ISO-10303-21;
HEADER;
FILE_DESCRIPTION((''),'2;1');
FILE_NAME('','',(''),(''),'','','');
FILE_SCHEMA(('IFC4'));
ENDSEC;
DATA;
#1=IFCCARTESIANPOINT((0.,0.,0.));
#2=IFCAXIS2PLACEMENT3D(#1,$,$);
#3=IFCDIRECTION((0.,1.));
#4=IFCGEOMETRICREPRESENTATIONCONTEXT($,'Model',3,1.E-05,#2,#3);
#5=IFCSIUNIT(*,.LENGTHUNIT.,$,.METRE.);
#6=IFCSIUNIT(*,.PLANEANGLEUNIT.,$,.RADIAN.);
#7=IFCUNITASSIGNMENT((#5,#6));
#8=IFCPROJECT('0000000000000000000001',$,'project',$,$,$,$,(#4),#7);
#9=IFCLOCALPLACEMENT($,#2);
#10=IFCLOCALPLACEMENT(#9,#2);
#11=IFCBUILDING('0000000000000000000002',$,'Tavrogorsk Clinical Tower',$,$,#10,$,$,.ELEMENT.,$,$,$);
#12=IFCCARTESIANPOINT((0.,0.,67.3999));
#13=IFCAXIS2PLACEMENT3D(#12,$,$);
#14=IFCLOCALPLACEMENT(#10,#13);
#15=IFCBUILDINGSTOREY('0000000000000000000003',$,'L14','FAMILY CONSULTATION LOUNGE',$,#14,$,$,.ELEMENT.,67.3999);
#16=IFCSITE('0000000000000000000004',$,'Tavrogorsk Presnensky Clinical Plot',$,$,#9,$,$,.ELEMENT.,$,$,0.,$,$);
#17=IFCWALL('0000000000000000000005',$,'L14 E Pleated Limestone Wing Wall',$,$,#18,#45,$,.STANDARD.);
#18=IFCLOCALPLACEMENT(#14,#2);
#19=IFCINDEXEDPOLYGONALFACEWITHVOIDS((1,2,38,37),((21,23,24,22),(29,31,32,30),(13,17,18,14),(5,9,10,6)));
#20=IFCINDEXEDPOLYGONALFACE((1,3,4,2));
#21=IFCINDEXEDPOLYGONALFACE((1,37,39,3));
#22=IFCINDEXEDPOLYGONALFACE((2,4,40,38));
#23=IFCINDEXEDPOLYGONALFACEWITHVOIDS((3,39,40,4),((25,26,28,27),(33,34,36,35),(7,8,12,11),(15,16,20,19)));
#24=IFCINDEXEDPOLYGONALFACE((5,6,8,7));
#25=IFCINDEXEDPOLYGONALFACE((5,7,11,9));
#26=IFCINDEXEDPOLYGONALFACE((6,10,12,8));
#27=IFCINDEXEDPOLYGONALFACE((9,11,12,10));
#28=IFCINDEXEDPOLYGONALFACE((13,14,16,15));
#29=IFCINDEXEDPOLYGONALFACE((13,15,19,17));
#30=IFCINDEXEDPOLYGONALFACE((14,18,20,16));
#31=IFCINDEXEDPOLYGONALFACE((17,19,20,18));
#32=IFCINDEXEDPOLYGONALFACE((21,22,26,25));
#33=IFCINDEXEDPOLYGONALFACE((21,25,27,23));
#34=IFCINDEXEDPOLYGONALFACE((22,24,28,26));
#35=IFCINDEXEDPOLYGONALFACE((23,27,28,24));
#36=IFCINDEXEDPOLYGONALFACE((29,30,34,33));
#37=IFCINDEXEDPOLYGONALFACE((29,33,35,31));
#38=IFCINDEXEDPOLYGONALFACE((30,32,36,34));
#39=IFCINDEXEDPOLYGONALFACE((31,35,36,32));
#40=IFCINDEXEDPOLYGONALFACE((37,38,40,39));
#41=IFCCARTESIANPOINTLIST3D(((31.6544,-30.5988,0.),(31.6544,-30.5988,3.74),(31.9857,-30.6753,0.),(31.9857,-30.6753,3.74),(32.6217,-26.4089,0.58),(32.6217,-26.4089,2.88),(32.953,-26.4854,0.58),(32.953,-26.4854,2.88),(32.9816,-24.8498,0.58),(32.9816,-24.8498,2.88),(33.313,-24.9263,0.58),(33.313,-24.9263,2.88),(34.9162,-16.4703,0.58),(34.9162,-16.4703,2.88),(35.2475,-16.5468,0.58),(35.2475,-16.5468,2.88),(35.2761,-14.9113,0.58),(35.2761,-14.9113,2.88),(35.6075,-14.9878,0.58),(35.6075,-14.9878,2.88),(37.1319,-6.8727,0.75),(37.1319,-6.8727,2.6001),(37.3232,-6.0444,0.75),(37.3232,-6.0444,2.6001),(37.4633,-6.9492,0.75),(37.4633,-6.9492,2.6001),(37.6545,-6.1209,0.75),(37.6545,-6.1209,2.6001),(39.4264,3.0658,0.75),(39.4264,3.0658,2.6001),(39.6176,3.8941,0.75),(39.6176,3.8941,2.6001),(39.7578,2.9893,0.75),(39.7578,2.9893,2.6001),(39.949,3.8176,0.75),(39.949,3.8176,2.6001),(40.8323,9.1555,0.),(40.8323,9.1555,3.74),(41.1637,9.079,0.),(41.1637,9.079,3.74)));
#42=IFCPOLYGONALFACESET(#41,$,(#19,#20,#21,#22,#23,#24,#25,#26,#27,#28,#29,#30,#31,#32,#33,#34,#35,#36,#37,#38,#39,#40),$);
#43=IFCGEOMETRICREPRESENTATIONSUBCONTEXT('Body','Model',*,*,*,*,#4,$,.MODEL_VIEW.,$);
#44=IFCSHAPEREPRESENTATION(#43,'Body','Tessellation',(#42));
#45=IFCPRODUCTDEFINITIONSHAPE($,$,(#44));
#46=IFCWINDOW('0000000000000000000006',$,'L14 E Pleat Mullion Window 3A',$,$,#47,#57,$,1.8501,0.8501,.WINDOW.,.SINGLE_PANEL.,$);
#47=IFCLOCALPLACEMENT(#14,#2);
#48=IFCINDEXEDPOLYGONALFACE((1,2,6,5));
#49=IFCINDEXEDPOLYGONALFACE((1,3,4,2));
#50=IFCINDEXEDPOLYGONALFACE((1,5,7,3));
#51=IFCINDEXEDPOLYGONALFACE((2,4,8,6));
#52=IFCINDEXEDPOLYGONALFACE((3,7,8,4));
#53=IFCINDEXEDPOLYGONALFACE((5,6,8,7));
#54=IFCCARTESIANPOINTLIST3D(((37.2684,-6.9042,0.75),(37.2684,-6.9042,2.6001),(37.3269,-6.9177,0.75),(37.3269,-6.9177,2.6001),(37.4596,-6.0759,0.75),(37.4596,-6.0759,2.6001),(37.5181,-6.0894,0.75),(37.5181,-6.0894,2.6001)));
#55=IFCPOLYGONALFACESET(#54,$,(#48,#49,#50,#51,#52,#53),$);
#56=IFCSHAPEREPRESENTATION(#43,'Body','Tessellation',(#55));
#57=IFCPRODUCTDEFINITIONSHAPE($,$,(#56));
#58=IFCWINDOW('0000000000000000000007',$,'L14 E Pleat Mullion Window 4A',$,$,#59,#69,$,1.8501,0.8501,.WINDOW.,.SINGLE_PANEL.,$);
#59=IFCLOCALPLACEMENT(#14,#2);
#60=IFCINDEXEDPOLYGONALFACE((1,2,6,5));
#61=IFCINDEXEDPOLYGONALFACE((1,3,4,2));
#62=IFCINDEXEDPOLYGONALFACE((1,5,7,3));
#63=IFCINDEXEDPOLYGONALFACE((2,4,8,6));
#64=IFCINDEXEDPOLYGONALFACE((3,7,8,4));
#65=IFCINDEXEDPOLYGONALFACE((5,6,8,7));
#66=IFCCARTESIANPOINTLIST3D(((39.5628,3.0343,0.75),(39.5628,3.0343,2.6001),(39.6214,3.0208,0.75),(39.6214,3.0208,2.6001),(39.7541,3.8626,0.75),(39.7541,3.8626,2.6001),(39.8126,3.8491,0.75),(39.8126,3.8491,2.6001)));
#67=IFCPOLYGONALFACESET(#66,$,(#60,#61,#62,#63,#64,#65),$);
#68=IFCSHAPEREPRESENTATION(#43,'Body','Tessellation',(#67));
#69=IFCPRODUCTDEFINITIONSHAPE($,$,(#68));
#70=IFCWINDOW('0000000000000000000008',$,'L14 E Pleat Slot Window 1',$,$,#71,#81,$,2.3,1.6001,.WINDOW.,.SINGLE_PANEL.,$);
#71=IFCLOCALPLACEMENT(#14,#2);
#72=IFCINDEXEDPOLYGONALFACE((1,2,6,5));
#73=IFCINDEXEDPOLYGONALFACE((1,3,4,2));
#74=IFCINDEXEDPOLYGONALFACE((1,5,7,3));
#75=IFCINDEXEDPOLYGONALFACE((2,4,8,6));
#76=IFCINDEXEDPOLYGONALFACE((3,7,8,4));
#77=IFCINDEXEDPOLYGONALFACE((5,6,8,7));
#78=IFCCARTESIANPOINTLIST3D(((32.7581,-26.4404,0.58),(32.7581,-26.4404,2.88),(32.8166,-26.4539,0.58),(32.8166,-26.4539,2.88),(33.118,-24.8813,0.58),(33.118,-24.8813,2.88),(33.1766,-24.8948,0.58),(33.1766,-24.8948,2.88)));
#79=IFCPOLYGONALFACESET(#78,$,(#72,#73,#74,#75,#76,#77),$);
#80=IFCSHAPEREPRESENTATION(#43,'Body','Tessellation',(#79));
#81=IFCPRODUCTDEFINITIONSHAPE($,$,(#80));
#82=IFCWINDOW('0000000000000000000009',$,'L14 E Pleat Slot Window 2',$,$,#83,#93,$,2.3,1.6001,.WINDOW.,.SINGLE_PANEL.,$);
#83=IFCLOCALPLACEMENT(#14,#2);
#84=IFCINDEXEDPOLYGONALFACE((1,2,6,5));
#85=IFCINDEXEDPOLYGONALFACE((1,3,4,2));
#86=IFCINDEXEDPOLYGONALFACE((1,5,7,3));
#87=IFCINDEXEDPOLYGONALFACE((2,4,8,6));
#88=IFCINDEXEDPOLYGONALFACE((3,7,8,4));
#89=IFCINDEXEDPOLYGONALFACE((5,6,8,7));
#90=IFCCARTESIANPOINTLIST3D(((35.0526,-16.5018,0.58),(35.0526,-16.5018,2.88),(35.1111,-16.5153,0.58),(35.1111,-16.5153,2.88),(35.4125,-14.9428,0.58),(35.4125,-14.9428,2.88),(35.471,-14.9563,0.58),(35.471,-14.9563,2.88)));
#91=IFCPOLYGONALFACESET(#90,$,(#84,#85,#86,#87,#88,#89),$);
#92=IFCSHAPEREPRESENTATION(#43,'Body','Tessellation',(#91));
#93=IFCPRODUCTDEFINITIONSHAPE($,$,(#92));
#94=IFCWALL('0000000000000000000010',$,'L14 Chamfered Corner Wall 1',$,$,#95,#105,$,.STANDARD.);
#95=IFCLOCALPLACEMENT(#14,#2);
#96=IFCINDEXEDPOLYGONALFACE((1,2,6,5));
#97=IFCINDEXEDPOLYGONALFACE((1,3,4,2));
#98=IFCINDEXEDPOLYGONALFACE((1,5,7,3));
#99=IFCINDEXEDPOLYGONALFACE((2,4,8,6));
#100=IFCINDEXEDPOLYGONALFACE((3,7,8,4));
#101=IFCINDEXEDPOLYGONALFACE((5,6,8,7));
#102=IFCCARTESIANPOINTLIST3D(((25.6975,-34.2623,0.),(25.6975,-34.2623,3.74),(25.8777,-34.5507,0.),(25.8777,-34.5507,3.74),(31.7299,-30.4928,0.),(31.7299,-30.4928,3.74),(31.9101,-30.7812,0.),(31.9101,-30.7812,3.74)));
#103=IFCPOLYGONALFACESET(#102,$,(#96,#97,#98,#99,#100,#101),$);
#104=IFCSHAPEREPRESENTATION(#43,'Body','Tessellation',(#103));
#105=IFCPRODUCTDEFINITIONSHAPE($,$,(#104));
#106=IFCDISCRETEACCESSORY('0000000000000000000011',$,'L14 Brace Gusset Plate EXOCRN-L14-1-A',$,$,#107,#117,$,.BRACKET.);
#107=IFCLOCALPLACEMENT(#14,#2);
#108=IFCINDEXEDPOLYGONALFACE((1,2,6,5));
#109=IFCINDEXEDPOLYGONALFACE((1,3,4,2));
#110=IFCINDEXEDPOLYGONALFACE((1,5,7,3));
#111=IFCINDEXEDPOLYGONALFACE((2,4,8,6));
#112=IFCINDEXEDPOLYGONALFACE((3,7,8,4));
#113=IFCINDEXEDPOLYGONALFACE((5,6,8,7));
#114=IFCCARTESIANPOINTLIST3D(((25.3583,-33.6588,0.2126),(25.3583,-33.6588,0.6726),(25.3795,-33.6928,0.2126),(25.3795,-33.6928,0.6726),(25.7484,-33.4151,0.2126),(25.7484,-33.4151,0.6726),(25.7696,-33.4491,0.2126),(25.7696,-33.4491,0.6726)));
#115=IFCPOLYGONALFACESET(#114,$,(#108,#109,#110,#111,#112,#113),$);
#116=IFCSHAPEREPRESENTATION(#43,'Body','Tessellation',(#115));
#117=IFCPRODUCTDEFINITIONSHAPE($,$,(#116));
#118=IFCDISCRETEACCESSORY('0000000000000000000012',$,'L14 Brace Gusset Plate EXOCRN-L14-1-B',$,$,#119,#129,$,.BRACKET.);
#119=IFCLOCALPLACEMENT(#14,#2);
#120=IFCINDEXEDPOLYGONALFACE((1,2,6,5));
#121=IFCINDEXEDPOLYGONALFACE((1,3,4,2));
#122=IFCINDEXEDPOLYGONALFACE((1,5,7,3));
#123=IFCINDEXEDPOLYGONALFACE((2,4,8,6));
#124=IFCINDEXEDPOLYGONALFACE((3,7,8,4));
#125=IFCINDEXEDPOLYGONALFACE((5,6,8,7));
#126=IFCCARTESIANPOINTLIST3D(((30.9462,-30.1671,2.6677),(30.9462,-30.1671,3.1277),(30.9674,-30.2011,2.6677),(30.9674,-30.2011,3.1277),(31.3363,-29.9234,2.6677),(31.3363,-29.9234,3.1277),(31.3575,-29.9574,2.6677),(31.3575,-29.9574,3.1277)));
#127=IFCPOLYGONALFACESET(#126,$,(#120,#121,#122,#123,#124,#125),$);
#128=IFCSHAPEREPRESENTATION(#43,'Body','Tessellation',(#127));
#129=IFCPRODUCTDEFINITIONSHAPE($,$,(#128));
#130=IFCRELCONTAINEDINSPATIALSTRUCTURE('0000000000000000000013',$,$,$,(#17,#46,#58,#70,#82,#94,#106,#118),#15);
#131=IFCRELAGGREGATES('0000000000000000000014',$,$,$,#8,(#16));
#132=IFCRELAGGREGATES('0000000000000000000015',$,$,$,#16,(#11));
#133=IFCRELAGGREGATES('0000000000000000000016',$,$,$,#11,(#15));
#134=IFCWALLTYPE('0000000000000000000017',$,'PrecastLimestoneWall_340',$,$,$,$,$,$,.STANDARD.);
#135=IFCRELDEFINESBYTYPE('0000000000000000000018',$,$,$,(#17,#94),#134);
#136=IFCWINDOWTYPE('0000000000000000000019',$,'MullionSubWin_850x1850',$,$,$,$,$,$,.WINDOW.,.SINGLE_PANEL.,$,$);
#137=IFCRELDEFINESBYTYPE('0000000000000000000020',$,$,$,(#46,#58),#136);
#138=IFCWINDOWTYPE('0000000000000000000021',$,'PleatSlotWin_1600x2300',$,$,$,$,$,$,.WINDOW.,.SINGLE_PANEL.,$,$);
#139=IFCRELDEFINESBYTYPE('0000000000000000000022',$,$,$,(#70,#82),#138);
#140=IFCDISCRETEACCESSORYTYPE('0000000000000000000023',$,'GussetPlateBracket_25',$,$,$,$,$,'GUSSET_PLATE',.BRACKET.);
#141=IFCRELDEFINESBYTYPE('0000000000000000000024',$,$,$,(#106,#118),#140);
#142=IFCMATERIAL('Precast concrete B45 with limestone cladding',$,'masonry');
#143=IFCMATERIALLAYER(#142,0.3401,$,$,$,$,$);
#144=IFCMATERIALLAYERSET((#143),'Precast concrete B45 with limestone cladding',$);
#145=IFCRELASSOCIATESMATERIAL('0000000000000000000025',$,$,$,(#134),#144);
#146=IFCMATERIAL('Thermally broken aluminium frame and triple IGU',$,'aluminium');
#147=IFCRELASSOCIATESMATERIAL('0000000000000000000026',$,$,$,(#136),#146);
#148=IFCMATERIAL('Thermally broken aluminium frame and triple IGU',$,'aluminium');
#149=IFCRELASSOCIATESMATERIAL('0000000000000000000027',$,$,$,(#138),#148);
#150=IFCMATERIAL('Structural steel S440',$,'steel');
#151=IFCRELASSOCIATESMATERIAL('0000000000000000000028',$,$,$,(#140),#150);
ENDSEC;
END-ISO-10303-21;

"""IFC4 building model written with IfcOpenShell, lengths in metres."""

from ifc_helpers import new_model, si_unit, direction, frame, frame_2d, origin, origin_2d, place, context, subcontext, project, spatial, rectangle, extrude, material, layer, layer_set, type_object, element, fill, save


model = new_model("IFC4")

# Units and contexts
model_context = context("Model", 3, precision=1e-05, world=origin(), true_north=direction((0.0, 1.0)))
body_context = subcontext(model_context, "Body", "Model", "MODEL_VIEW")
ifc_project = project(units=[si_unit("LENGTHUNIT", "METRE"), si_unit("PLANEANGLEUNIT", "RADIAN")], contexts=[model_context])

# Site, building, storey
site_placement = place(None, origin())
site = spatial("IfcSite", under=ifc_project, at=site_placement, Name="Tavrogorsk Presnensky Clinical Plot", CompositionType="ELEMENT", RefElevation=0.0)
building_placement = place(site_placement, origin())
building = spatial("IfcBuilding", under=site, at=building_placement, Name="Tavrogorsk Clinical Tower", CompositionType="ELEMENT")
storey_placement = place(building_placement, frame((0.0, 0.0, 67.3999)))
storey = spatial("IfcBuildingStorey", under=building, at=storey_placement, Name="L14", Description="FAMILY CONSULTATION LOUNGE", CompositionType="ELEMENT", Elevation=67.3999)

# Wall, openings, windows
ifc_material_1 = material(Name="Precast concrete B45 with limestone cladding", Category="masonry")
ifc_layer_1 = layer(ifc_material_1, 0.3401)
ifc_layer_set_1 = layer_set([ifc_layer_1], Name="Precast concrete B45 with limestone cladding")
wall_type_1 = type_object("IfcWallType", Name="PrecastLimestoneWall_340", PredefinedType="STANDARD", material=ifc_layer_set_1)
wall_1_placement = place(storey_placement, frame((31.8201, -30.637, 0.0), z_axis=(0.0, 0.0, 1.0), x_axis=(0.22495, 0.97437, 0.0)))
wall_1 = element("IfcWall", 1, at=wall_1_placement, inside=storey, type_object=wall_type_1, Name="L14 E Pleated Limestone Wing Wall", PredefinedType="STANDARD", context=body_context, shape_type="SweptSolid", body=[
    extrude(rectangle(XDim=40.8, YDim=0.3401, at=frame_2d((20.3999, 0.0))), origin(), (0.0, 0.0, 1.0), 3.74),
])
opening_1_placement = place(wall_1_placement, frame((4.3, 0.0, 0.5801)))
opening_1 = element("IfcOpeningElement", 2, at=opening_1_placement, cuts=wall_1, PredefinedType="OPENING", context=body_context, shape_type="SweptSolid", body=[
    extrude(rectangle(XDim=1.6001, YDim=2.3, at=frame_2d((0.8, 1.1499))), frame((0.0, 0.1799, 0.0), z_axis=(0.0, -1.0, 0.0), x_axis=(1.0, 0.0, 0.0)), (0.0, 0.0, 1.0), 0.3601),
])
opening_2_placement = place(wall_1_placement, frame((14.5, 0.0, 0.5801)))
opening_2 = element("IfcOpeningElement", 3, at=opening_2_placement, cuts=wall_1, PredefinedType="OPENING", context=body_context, shape_type="SweptSolid", body=[
    extrude(rectangle(XDim=1.6001, YDim=2.3, at=frame_2d((0.8, 1.1499))), frame((0.0, 0.1799, 0.0), z_axis=(0.0, -1.0, 0.0), x_axis=(1.0, 0.0, 0.0)), (0.0, 0.0, 1.0), 0.3601),
])
opening_3_placement = place(wall_1_placement, frame((24.3501, 0.0, 0.75)))
opening_3 = element("IfcOpeningElement", 4, at=opening_3_placement, cuts=wall_1, PredefinedType="OPENING", context=body_context, shape_type="SweptSolid", body=[
    extrude(rectangle(XDim=0.8501, YDim=1.8501, at=frame_2d((0.425, 0.925))), frame((0.0, 0.1799, 0.0), z_axis=(0.0, -1.0, 0.0), x_axis=(1.0, 0.0, 0.0)), (0.0, 0.0, 1.0), 0.3601),
])
opening_4_placement = place(wall_1_placement, frame((34.55, 0.0, 0.75)))
opening_4 = element("IfcOpeningElement", 5, at=opening_4_placement, cuts=wall_1, PredefinedType="OPENING", context=body_context, shape_type="SweptSolid", body=[
    extrude(rectangle(XDim=0.8501, YDim=1.8501, at=frame_2d((0.425, 0.925))), frame((0.0, 0.1799, 0.0), z_axis=(0.0, -1.0, 0.0), x_axis=(1.0, 0.0, 0.0)), (0.0, 0.0, 1.0), 0.3601),
])
ifc_material_2 = material(Name="Thermally broken aluminium frame and triple IGU", Category="aluminium")
window_type_1 = type_object("IfcWindowType", Name="MullionSubWin_850x1850", PartitioningType="SINGLE_PANEL", PredefinedType="WINDOW", material=ifc_material_2)
window_1_placement = place(opening_3_placement, origin())
window_1 = element("IfcWindow", 6, at=window_1_placement, inside=storey, type_object=window_type_1, Name="L14 E Pleat Mullion Window 3A", OverallHeight=1.8501, OverallWidth=0.8501, PartitioningType="SINGLE_PANEL", PredefinedType="WINDOW", context=body_context, shape_type="SweptSolid", body=[
    extrude(rectangle(XDim=0.8501, YDim=1.8501, at=frame_2d((0.425, 0.925))), frame((0.0, 0.03, 0.0), z_axis=(0.0, -1.0, 0.0), x_axis=(1.0, 0.0, 0.0)), (0.0, 0.0, 1.0), 0.0601),
])
fill(opening_3, window_1)
window_2_placement = place(opening_4_placement, origin())
window_2 = element("IfcWindow", 7, at=window_2_placement, inside=storey, type_object=window_type_1, Name="L14 E Pleat Mullion Window 4A", OverallHeight=1.8501, OverallWidth=0.8501, PartitioningType="SINGLE_PANEL", PredefinedType="WINDOW", context=body_context, shape_type="SweptSolid", body=[
    extrude(rectangle(XDim=0.8501, YDim=1.8501, at=frame_2d((0.425, 0.925))), frame((0.0, 0.03, 0.0), z_axis=(0.0, -1.0, 0.0), x_axis=(1.0, 0.0, 0.0)), (0.0, 0.0, 1.0), 0.0601),
])
fill(opening_4, window_2)
ifc_material_3 = material(Name="Thermally broken aluminium frame and triple IGU", Category="aluminium")
window_type_2 = type_object("IfcWindowType", Name="PleatSlotWin_1600x2300", PartitioningType="SINGLE_PANEL", PredefinedType="WINDOW", material=ifc_material_3)
window_3_placement = place(opening_1_placement, origin())
window_3 = element("IfcWindow", 8, at=window_3_placement, inside=storey, type_object=window_type_2, Name="L14 E Pleat Slot Window 1", OverallHeight=2.3, OverallWidth=1.6001, PartitioningType="SINGLE_PANEL", PredefinedType="WINDOW", context=body_context, shape_type="SweptSolid", body=[
    extrude(rectangle(XDim=1.6001, YDim=2.3, at=frame_2d((0.8, 1.1499))), frame((0.0, 0.03, 0.0), z_axis=(0.0, -1.0, 0.0), x_axis=(1.0, 0.0, 0.0)), (0.0, 0.0, 1.0), 0.0601),
])
fill(opening_1, window_3)
window_4_placement = place(opening_2_placement, origin())
window_4 = element("IfcWindow", 9, at=window_4_placement, inside=storey, type_object=window_type_2, Name="L14 E Pleat Slot Window 2", OverallHeight=2.3, OverallWidth=1.6001, PartitioningType="SINGLE_PANEL", PredefinedType="WINDOW", context=body_context, shape_type="SweptSolid", body=[
    extrude(rectangle(XDim=1.6001, YDim=2.3, at=frame_2d((0.8, 1.1499))), frame((0.0, 0.03, 0.0), z_axis=(0.0, -1.0, 0.0), x_axis=(1.0, 0.0, 0.0)), (0.0, 0.0, 1.0), 0.0601),
])
fill(opening_2, window_4)

# Wall
wall_2_placement = place(storey_placement, frame((25.7876, -34.4065, 0.0), z_axis=(0.0, 0.0, 1.0), x_axis=(0.848047, 0.529922, 0.0)))
element("IfcWall", 10, at=wall_2_placement, inside=storey, type_object=wall_type_1, Name="L14 Chamfered Corner Wall 1", PredefinedType="STANDARD", context=body_context, shape_type="SweptSolid", body=[
    extrude(rectangle(XDim=7.1133, YDim=0.3401, at=frame_2d((3.5566, 0.0))), origin(), (0.0, 0.0, 1.0), 3.74),
])

# Discrete accessories
ifc_material_4 = material(Name="Structural steel S440", Category="steel")
discrete_accessory_type = type_object("IfcDiscreteAccessoryType", Name="GussetPlateBracket_25", ElementType="GUSSET_PLATE", PredefinedType="BRACKET", material=ifc_material_4)
for number, where, z_axis, x_axis, name in (
    (11, (25.564, -33.554, 0.2126), (0.0, 0.0, 1.0), (0.848048, 0.529919, 0.0), "L14 Brace Gusset Plate EXOCRN-L14-1-A"),
    (12, (31.1519, -30.0623, 2.6677), (0.0, 0.0, 1.0), (0.848048, 0.529919, 0.0), "L14 Brace Gusset Plate EXOCRN-L14-1-B"),
):
    element("IfcDiscreteAccessory", number, at=place(storey_placement, frame(where, z_axis=z_axis, x_axis=x_axis)), inside=storey, type_object=discrete_accessory_type, Name=name, PredefinedType="BRACKET", context=body_context, shape_type="SweptSolid", body=[
        extrude(rectangle(XDim=0.46, YDim=0.04, at=origin_2d()), origin(), (0.0, 0.0, 1.0), 0.46),
    ])

save(model, "model.ifc")
